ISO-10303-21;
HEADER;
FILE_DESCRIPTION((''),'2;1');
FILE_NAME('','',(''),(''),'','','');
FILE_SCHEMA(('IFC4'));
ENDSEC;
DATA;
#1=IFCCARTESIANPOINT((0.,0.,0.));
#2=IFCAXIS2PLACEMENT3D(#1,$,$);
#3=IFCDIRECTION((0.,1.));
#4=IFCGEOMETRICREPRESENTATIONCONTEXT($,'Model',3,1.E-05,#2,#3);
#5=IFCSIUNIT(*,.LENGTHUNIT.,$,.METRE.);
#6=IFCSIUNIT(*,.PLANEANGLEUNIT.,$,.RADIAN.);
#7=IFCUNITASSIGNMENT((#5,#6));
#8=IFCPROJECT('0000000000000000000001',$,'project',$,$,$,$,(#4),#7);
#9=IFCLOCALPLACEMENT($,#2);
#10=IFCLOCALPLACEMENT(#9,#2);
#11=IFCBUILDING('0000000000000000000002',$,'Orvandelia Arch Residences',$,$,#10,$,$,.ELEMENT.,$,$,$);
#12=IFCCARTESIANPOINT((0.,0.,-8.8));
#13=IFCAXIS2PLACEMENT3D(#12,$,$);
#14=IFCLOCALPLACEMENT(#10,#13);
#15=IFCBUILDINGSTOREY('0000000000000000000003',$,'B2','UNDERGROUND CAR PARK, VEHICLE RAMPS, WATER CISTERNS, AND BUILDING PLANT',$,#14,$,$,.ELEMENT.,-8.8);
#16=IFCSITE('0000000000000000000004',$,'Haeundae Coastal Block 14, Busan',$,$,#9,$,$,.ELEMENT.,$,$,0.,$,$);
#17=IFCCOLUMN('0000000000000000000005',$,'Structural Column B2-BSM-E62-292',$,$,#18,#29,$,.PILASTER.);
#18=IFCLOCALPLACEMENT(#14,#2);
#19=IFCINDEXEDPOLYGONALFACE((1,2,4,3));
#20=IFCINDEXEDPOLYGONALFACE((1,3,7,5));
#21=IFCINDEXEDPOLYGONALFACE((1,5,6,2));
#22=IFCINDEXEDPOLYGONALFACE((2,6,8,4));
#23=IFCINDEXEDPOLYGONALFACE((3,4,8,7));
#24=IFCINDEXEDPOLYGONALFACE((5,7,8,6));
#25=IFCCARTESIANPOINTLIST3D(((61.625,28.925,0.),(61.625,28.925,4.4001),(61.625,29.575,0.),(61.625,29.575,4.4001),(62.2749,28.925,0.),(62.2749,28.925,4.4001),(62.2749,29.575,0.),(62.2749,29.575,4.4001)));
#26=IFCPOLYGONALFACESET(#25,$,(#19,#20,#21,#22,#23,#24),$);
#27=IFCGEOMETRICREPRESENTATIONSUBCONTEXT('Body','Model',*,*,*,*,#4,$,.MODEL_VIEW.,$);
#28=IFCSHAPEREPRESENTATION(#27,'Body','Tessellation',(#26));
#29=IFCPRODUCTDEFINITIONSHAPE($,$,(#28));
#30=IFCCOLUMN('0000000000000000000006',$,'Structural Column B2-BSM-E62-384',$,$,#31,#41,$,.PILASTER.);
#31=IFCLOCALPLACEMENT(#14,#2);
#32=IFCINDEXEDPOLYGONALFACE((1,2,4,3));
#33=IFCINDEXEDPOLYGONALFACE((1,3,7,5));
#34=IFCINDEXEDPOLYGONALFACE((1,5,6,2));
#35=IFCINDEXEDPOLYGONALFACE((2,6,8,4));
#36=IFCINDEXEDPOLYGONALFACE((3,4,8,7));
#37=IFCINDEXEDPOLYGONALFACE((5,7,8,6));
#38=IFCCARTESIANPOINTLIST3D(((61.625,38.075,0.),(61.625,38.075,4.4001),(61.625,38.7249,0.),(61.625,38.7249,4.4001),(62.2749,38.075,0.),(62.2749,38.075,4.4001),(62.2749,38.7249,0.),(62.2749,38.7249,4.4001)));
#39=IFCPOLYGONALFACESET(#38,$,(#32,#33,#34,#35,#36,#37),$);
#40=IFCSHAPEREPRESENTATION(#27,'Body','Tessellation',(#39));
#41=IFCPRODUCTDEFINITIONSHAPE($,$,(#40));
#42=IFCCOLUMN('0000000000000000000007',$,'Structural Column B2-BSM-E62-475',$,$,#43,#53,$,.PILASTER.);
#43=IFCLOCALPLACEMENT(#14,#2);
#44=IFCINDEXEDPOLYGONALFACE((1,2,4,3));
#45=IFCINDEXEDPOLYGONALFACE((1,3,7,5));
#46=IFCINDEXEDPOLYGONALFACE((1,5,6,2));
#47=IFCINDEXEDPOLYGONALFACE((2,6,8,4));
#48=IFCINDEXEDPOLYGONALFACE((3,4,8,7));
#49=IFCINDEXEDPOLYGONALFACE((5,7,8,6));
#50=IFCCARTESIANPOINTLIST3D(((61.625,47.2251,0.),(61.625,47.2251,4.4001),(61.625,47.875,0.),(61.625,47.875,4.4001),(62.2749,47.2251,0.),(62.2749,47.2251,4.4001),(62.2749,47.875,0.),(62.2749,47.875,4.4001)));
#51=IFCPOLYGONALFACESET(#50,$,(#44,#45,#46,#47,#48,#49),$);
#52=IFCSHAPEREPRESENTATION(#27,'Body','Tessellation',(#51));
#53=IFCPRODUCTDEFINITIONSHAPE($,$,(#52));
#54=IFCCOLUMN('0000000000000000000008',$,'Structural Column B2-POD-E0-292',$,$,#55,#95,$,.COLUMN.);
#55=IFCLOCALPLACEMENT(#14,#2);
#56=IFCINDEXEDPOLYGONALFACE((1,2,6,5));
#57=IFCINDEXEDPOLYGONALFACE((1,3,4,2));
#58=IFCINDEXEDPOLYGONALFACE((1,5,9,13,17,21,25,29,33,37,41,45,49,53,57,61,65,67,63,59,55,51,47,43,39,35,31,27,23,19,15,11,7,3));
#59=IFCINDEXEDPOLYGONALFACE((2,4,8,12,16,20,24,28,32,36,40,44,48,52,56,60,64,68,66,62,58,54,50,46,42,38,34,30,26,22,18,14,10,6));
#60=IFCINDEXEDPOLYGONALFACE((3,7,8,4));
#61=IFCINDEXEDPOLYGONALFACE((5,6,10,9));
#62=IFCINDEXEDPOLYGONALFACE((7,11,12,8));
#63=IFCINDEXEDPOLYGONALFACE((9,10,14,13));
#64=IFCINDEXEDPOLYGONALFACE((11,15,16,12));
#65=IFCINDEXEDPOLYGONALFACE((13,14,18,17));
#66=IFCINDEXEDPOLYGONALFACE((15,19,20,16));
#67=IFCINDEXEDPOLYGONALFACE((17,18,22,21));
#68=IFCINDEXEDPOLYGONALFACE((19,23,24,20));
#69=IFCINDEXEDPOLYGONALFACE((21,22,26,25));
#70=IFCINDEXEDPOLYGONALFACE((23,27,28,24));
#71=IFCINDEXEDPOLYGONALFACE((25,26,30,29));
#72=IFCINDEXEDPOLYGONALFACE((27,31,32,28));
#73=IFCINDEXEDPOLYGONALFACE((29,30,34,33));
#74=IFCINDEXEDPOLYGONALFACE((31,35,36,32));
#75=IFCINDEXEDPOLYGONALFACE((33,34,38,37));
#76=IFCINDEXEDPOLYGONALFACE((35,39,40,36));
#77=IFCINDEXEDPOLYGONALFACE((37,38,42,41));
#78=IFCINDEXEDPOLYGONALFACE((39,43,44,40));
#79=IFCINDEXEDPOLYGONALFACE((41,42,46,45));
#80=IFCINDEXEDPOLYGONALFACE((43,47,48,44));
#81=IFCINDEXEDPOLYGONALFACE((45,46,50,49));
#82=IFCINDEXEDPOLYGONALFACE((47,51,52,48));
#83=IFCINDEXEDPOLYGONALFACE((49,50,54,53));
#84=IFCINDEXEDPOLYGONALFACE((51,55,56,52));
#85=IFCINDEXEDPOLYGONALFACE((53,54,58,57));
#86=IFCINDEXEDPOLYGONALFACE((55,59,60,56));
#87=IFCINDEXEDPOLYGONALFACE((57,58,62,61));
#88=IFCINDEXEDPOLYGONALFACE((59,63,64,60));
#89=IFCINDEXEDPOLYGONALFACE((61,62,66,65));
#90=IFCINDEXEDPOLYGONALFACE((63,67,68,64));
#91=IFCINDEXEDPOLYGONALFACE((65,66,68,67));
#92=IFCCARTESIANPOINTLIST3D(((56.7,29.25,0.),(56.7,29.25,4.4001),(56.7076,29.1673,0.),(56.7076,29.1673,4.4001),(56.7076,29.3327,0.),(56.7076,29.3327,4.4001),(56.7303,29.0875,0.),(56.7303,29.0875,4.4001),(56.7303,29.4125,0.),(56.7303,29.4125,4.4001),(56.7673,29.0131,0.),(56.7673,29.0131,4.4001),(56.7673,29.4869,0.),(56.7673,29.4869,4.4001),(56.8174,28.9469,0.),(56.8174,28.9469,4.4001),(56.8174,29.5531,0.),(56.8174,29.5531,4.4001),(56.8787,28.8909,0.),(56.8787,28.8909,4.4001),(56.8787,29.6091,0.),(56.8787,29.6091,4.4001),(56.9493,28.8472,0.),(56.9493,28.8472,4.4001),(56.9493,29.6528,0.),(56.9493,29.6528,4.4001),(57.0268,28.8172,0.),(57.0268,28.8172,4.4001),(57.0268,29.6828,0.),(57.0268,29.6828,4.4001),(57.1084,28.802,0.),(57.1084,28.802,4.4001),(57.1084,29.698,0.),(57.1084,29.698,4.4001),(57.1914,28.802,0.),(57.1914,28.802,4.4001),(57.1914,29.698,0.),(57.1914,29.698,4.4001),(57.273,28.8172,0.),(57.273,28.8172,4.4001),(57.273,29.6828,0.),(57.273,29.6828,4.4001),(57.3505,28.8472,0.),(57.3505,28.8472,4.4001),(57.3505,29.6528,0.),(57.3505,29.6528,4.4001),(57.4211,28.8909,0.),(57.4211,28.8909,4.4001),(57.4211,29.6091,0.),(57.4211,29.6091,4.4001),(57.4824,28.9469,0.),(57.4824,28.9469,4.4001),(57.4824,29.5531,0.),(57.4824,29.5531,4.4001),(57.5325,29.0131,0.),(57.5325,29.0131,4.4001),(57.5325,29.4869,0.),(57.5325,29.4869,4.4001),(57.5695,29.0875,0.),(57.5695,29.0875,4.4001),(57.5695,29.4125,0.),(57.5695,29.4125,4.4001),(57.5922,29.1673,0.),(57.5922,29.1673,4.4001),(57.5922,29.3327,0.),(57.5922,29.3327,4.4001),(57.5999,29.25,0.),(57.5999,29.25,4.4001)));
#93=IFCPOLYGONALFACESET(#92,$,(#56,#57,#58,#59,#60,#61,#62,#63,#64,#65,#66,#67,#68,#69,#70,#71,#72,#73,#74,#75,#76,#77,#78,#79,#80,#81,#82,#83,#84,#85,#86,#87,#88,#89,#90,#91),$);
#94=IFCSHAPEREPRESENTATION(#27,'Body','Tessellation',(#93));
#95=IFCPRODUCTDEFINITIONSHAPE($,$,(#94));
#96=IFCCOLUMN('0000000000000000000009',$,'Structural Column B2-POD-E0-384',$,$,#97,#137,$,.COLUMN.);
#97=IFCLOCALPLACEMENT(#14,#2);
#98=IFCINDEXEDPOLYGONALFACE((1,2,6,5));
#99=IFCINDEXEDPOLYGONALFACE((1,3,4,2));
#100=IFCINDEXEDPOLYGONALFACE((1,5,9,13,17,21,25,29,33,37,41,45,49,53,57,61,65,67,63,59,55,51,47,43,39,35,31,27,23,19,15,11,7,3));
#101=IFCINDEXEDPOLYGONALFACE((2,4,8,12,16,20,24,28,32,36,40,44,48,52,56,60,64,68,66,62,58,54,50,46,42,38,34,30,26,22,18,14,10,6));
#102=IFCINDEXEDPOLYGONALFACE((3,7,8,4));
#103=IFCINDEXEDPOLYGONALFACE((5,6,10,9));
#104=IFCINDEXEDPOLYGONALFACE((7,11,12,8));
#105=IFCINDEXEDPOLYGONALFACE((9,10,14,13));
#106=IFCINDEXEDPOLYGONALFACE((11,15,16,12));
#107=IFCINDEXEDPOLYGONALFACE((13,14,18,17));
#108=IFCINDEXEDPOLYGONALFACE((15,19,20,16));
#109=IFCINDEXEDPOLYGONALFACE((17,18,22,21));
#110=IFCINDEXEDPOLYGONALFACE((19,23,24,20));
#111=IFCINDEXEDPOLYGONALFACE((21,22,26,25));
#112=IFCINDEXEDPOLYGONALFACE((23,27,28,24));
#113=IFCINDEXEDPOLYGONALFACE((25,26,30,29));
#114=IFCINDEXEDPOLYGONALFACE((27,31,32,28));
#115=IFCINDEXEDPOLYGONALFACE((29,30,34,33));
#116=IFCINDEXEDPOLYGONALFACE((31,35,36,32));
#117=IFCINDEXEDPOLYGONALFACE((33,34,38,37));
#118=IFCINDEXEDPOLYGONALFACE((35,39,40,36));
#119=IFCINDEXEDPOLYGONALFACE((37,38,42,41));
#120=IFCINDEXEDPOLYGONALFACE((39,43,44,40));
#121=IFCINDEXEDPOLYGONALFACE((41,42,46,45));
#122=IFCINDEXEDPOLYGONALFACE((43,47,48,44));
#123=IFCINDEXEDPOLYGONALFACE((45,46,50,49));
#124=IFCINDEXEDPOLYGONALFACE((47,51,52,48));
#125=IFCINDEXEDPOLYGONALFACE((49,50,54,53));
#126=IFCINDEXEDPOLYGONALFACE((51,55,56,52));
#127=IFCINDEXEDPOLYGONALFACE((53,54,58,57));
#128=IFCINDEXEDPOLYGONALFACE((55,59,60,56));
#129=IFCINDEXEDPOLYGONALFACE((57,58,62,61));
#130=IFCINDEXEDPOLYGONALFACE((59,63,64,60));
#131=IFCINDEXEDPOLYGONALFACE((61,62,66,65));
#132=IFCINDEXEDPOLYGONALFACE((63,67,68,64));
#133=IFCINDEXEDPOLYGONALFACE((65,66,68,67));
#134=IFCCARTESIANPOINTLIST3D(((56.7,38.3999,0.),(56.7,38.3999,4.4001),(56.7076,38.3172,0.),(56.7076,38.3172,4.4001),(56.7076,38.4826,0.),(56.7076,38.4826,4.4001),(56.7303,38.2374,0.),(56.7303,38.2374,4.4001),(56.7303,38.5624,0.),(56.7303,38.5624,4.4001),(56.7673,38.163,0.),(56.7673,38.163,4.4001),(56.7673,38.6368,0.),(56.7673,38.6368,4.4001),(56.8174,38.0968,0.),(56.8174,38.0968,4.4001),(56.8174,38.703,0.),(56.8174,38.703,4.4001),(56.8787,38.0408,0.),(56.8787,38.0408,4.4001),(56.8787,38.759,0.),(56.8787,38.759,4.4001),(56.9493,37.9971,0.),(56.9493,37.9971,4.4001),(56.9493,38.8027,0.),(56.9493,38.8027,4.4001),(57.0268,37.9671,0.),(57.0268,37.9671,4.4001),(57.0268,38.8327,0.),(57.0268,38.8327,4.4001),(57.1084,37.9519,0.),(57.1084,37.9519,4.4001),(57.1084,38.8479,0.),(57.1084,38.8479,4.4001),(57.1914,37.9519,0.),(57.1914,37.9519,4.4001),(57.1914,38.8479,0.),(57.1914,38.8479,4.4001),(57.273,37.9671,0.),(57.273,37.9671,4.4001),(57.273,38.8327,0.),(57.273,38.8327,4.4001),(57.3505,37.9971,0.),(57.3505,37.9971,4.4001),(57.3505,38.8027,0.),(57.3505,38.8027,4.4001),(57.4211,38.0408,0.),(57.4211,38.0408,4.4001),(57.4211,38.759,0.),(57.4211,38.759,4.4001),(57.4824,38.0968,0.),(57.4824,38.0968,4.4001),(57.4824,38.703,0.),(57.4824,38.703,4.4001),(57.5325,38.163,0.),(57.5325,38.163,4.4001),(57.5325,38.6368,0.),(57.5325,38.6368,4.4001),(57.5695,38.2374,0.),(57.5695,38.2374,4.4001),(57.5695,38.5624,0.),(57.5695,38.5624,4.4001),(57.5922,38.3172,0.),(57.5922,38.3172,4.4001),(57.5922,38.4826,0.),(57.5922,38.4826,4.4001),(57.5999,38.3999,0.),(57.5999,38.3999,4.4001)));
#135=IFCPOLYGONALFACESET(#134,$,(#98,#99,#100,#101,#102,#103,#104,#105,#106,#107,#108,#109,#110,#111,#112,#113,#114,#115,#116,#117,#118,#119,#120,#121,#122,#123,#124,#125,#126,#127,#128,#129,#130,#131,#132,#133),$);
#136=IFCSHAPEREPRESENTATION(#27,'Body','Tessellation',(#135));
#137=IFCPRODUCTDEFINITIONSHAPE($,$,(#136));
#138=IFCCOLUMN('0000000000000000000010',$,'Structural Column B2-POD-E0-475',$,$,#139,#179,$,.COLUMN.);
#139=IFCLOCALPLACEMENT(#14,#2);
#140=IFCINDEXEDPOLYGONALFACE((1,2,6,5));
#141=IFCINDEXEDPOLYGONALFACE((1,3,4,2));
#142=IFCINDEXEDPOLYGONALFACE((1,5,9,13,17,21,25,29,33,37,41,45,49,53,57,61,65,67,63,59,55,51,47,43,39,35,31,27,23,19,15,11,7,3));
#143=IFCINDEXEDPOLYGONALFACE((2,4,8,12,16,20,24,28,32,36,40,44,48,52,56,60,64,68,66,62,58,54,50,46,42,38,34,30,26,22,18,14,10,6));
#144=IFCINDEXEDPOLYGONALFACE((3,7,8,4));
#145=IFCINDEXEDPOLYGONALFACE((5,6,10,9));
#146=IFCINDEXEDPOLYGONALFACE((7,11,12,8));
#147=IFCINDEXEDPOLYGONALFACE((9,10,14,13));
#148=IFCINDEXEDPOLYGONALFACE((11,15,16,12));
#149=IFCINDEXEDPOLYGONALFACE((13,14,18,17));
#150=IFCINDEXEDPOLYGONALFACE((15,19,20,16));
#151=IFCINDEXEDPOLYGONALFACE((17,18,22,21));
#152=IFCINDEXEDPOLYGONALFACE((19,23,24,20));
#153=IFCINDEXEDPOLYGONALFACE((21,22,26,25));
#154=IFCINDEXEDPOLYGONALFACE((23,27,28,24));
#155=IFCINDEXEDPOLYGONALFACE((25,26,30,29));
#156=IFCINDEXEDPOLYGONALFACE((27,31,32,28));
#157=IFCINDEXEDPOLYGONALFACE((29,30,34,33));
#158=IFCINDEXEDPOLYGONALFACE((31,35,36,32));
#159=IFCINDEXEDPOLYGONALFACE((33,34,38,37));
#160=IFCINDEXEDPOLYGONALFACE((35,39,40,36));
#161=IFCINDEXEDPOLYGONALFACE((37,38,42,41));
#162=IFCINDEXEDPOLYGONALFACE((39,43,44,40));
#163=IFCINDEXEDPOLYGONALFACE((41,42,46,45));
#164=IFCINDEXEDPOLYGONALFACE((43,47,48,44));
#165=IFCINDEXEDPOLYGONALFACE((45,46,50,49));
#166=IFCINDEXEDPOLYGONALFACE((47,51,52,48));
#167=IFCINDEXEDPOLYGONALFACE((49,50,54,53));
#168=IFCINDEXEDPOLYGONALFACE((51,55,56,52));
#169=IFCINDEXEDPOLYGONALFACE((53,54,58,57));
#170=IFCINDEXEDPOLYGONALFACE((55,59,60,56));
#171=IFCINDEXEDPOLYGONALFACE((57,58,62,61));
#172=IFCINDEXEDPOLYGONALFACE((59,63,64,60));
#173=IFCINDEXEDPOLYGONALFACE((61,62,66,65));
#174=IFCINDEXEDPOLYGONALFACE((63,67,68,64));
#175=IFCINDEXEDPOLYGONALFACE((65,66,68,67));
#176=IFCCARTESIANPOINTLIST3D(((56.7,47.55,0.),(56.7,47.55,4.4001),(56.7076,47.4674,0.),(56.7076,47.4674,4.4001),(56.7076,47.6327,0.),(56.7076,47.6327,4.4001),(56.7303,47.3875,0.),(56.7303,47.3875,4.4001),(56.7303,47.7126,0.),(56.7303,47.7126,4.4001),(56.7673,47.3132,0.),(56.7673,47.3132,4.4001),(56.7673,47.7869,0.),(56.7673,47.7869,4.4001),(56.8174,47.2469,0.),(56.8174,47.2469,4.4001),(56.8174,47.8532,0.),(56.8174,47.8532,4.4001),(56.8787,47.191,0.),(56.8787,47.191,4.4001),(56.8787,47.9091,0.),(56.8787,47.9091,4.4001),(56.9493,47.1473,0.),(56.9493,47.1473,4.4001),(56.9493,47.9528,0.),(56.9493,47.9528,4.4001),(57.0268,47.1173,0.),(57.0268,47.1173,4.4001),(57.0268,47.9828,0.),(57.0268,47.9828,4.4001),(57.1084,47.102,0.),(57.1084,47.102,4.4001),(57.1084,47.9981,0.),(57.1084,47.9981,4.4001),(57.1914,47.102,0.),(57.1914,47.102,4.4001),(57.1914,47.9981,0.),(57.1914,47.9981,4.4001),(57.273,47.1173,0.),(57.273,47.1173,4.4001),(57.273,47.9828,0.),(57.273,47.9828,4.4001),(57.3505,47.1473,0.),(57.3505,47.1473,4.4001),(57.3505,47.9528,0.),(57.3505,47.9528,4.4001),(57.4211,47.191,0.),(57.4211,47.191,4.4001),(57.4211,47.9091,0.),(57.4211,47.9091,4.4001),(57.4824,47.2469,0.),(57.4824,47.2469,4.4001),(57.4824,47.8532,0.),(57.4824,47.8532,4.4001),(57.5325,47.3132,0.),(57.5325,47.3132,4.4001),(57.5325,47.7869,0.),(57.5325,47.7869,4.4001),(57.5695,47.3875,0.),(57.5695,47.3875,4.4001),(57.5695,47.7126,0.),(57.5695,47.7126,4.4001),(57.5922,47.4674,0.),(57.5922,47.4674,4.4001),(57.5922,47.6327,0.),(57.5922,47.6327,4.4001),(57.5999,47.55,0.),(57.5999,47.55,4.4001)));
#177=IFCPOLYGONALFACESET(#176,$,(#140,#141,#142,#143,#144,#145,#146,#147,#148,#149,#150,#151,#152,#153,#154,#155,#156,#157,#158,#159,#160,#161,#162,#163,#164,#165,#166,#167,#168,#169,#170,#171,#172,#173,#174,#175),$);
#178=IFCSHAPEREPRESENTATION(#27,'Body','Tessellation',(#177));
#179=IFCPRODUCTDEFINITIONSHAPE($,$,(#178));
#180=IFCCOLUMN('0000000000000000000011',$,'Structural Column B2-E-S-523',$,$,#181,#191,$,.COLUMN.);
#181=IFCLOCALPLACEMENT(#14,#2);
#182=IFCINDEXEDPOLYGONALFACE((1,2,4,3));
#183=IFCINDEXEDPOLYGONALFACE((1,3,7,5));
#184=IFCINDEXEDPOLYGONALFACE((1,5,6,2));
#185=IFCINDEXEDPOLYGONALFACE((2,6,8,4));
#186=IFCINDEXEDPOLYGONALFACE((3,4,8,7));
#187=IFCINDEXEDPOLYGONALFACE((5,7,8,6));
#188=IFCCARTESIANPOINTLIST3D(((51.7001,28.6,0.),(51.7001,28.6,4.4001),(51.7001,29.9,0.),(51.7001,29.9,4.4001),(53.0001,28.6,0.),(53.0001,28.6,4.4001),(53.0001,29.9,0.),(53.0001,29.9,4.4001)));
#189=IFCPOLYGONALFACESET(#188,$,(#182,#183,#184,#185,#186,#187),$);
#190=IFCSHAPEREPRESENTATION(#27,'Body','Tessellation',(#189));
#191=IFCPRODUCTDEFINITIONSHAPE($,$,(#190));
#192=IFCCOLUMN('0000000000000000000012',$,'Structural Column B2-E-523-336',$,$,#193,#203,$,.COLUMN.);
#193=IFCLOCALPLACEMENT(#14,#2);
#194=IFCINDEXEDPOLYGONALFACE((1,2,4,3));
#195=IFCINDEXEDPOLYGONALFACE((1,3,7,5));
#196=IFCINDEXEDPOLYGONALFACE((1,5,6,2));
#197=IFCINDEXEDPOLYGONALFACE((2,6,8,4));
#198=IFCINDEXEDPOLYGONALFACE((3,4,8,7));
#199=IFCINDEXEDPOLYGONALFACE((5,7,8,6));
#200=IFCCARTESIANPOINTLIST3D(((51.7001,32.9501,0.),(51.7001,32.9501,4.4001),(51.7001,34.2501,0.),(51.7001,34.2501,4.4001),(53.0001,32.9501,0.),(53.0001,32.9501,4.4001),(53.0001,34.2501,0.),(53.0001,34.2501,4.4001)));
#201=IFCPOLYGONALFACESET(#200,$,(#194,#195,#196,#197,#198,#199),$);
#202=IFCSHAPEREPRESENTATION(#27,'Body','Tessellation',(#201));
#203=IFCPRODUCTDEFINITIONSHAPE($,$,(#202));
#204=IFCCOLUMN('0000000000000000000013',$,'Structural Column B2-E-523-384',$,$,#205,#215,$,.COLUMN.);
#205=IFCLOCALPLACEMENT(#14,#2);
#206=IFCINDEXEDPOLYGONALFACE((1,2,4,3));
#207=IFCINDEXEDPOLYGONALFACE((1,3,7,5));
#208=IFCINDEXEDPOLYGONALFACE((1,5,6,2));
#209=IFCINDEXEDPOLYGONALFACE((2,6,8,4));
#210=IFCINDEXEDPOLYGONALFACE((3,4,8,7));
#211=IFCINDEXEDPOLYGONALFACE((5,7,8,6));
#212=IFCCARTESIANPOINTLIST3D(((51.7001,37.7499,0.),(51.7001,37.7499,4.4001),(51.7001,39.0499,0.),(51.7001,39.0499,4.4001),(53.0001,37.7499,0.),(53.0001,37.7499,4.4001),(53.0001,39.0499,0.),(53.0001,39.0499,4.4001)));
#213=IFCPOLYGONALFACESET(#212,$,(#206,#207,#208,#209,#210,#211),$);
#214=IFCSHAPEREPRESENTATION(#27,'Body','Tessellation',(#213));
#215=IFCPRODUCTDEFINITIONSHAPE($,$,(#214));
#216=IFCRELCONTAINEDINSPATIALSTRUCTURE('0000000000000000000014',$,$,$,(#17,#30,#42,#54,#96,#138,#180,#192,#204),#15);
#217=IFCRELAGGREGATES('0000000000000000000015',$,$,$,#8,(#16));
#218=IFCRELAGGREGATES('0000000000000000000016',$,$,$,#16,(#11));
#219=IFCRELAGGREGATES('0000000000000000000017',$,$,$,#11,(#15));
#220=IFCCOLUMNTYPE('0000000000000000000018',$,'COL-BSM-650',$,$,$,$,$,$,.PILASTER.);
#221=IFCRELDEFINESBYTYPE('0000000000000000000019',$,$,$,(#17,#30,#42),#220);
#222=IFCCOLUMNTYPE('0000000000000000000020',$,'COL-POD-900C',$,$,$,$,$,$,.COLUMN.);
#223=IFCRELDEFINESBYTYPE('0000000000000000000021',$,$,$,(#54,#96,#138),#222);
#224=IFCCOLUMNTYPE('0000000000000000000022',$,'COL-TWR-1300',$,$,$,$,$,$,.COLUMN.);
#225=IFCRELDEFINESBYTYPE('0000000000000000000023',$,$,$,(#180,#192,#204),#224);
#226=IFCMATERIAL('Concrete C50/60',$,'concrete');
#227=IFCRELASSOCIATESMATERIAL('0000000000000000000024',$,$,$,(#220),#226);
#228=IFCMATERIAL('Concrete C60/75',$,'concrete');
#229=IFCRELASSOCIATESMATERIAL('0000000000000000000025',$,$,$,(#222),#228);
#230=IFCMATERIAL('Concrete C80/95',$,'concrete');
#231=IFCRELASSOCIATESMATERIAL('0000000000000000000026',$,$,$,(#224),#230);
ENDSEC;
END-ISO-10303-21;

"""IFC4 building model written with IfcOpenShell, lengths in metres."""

from ifc_helpers import new_model, si_unit, direction, frame, origin, origin_2d, place, context, subcontext, project, spatial, rectangle, circle, extrude, material, material_profile, profile_set, type_object, element, save


model = new_model("IFC4")

# Units and contexts
model_context = context("Model", 3, precision=1e-05, world=origin(), true_north=direction((0.0, 1.0)))
body_context = subcontext(model_context, "Body", "Model", "MODEL_VIEW")
ifc_project = project(units=[si_unit("LENGTHUNIT", "METRE"), si_unit("PLANEANGLEUNIT", "RADIAN")], contexts=[model_context])

# Site, building, storey
site_placement = place(None, origin())
site = spatial("IfcSite", under=ifc_project, at=site_placement, Name="Haeundae Coastal Block 14, Busan", CompositionType="ELEMENT", RefElevation=0.0)
building_placement = place(site_placement, origin())
building = spatial("IfcBuilding", under=site, at=building_placement, Name="Orvandelia Arch Residences", CompositionType="ELEMENT")
storey_placement = place(building_placement, frame((0.0, 0.0, -8.8)))
storey = spatial("IfcBuildingStorey", under=building, at=storey_placement, Name="B2", Description="UNDERGROUND CAR PARK, VEHICLE RAMPS, WATER CISTERNS, AND BUILDING PLANT", CompositionType="ELEMENT", Elevation=-8.8)

# Columns
ifc_material_1 = material(Name="Concrete C50/60", Category="concrete")
ifc_material_profile_1 = material_profile(ifc_material_1, rectangle(XDim=0.6499, YDim=0.6499, at=origin_2d()), Name="Concrete C50/60", Category="concrete")
ifc_profile_set_1 = profile_set([ifc_material_profile_1], Name="Concrete C50/60")
column_type_1 = type_object("IfcColumnType", Name="COL-BSM-650", PredefinedType="PILASTER", material=ifc_profile_set_1)
for number, where, z_axis, x_axis, name in (
    (1, (61.95, 29.25, 0.0), (0.0, 0.0, 1.0), (1.0, 0.0, 0.0), "Structural Column B2-BSM-E62-292"),
    (2, (61.95, 38.3999, 0.0), (0.0, 0.0, 1.0), (1.0, 0.0, 0.0), "Structural Column B2-BSM-E62-384"),
    (3, (61.95, 47.55, 0.0), (0.0, 0.0, 1.0), (1.0, 0.0, 0.0), "Structural Column B2-BSM-E62-475"),
):
    element("IfcColumn", number, at=place(storey_placement, frame(where, z_axis=z_axis, x_axis=x_axis)), inside=storey, type_object=column_type_1, Name=name, PredefinedType="PILASTER", context=body_context, shape_type="SweptSolid", body=[
        extrude(rectangle(XDim=0.6499, YDim=0.6499, at=origin_2d()), origin(), (0.0, 0.0, 1.0), 4.4001),
    ])
ifc_material_2 = material(Name="Concrete C60/75", Category="concrete")
ifc_material_profile_2 = material_profile(ifc_material_2, circle(Radius=0.45, at=origin_2d()), Name="Concrete C60/75", Category="concrete")
ifc_profile_set_2 = profile_set([ifc_material_profile_2], Name="Concrete C60/75")
column_type_2 = type_object("IfcColumnType", Name="COL-POD-900C", PredefinedType="COLUMN", material=ifc_profile_set_2)
for number, where, z_axis, x_axis, name in (
    (4, (57.1499, 29.25, 0.0), (0.0, 0.0, 1.0), (1.0, 0.0, 0.0), "Structural Column B2-POD-E0-292"),
    (5, (57.1499, 38.3999, 0.0), (0.0, 0.0, 1.0), (1.0, 0.0, 0.0), "Structural Column B2-POD-E0-384"),
    (6, (57.1499, 47.55, 0.0), (0.0, 0.0, 1.0), (1.0, 0.0, 0.0), "Structural Column B2-POD-E0-475"),
):
    element("IfcColumn", number, at=place(storey_placement, frame(where, z_axis=z_axis, x_axis=x_axis)), inside=storey, type_object=column_type_2, Name=name, PredefinedType="COLUMN", context=body_context, shape_type="SweptSolid", body=[
        extrude(circle(Radius=0.45, at=origin_2d()), origin(), (0.0, 0.0, 1.0), 4.4001),
    ])
ifc_material_3 = material(Name="Concrete C80/95", Category="concrete")
ifc_material_profile_3 = material_profile(ifc_material_3, rectangle(XDim=1.3, YDim=1.3, at=origin_2d()), Name="Concrete C80/95", Category="concrete")
ifc_profile_set_3 = profile_set([ifc_material_profile_3], Name="Concrete C80/95")
column_type_3 = type_object("IfcColumnType", Name="COL-TWR-1300", PredefinedType="COLUMN", material=ifc_profile_set_3)
for number, where, z_axis, x_axis, name in (
    (7, (52.3501, 29.25, 0.0), (0.0, 0.0, 1.0), (1.0, 0.0, 0.0), "Structural Column B2-E-S-523"),
    (8, (52.3501, 33.6001, 0.0), (0.0, 0.0, 1.0), (1.0, 0.0, 0.0), "Structural Column B2-E-523-336"),
    (9, (52.3501, 38.3999, 0.0), (0.0, 0.0, 1.0), (1.0, 0.0, 0.0), "Structural Column B2-E-523-384"),
):
    element("IfcColumn", number, at=place(storey_placement, frame(where, z_axis=z_axis, x_axis=x_axis)), inside=storey, type_object=column_type_3, Name=name, PredefinedType="COLUMN", context=body_context, shape_type="SweptSolid", body=[
        extrude(rectangle(XDim=1.3, YDim=1.3, at=origin_2d()), origin(), (0.0, 0.0, 1.0), 4.4001),
    ])

save(model, "model.ifc")
